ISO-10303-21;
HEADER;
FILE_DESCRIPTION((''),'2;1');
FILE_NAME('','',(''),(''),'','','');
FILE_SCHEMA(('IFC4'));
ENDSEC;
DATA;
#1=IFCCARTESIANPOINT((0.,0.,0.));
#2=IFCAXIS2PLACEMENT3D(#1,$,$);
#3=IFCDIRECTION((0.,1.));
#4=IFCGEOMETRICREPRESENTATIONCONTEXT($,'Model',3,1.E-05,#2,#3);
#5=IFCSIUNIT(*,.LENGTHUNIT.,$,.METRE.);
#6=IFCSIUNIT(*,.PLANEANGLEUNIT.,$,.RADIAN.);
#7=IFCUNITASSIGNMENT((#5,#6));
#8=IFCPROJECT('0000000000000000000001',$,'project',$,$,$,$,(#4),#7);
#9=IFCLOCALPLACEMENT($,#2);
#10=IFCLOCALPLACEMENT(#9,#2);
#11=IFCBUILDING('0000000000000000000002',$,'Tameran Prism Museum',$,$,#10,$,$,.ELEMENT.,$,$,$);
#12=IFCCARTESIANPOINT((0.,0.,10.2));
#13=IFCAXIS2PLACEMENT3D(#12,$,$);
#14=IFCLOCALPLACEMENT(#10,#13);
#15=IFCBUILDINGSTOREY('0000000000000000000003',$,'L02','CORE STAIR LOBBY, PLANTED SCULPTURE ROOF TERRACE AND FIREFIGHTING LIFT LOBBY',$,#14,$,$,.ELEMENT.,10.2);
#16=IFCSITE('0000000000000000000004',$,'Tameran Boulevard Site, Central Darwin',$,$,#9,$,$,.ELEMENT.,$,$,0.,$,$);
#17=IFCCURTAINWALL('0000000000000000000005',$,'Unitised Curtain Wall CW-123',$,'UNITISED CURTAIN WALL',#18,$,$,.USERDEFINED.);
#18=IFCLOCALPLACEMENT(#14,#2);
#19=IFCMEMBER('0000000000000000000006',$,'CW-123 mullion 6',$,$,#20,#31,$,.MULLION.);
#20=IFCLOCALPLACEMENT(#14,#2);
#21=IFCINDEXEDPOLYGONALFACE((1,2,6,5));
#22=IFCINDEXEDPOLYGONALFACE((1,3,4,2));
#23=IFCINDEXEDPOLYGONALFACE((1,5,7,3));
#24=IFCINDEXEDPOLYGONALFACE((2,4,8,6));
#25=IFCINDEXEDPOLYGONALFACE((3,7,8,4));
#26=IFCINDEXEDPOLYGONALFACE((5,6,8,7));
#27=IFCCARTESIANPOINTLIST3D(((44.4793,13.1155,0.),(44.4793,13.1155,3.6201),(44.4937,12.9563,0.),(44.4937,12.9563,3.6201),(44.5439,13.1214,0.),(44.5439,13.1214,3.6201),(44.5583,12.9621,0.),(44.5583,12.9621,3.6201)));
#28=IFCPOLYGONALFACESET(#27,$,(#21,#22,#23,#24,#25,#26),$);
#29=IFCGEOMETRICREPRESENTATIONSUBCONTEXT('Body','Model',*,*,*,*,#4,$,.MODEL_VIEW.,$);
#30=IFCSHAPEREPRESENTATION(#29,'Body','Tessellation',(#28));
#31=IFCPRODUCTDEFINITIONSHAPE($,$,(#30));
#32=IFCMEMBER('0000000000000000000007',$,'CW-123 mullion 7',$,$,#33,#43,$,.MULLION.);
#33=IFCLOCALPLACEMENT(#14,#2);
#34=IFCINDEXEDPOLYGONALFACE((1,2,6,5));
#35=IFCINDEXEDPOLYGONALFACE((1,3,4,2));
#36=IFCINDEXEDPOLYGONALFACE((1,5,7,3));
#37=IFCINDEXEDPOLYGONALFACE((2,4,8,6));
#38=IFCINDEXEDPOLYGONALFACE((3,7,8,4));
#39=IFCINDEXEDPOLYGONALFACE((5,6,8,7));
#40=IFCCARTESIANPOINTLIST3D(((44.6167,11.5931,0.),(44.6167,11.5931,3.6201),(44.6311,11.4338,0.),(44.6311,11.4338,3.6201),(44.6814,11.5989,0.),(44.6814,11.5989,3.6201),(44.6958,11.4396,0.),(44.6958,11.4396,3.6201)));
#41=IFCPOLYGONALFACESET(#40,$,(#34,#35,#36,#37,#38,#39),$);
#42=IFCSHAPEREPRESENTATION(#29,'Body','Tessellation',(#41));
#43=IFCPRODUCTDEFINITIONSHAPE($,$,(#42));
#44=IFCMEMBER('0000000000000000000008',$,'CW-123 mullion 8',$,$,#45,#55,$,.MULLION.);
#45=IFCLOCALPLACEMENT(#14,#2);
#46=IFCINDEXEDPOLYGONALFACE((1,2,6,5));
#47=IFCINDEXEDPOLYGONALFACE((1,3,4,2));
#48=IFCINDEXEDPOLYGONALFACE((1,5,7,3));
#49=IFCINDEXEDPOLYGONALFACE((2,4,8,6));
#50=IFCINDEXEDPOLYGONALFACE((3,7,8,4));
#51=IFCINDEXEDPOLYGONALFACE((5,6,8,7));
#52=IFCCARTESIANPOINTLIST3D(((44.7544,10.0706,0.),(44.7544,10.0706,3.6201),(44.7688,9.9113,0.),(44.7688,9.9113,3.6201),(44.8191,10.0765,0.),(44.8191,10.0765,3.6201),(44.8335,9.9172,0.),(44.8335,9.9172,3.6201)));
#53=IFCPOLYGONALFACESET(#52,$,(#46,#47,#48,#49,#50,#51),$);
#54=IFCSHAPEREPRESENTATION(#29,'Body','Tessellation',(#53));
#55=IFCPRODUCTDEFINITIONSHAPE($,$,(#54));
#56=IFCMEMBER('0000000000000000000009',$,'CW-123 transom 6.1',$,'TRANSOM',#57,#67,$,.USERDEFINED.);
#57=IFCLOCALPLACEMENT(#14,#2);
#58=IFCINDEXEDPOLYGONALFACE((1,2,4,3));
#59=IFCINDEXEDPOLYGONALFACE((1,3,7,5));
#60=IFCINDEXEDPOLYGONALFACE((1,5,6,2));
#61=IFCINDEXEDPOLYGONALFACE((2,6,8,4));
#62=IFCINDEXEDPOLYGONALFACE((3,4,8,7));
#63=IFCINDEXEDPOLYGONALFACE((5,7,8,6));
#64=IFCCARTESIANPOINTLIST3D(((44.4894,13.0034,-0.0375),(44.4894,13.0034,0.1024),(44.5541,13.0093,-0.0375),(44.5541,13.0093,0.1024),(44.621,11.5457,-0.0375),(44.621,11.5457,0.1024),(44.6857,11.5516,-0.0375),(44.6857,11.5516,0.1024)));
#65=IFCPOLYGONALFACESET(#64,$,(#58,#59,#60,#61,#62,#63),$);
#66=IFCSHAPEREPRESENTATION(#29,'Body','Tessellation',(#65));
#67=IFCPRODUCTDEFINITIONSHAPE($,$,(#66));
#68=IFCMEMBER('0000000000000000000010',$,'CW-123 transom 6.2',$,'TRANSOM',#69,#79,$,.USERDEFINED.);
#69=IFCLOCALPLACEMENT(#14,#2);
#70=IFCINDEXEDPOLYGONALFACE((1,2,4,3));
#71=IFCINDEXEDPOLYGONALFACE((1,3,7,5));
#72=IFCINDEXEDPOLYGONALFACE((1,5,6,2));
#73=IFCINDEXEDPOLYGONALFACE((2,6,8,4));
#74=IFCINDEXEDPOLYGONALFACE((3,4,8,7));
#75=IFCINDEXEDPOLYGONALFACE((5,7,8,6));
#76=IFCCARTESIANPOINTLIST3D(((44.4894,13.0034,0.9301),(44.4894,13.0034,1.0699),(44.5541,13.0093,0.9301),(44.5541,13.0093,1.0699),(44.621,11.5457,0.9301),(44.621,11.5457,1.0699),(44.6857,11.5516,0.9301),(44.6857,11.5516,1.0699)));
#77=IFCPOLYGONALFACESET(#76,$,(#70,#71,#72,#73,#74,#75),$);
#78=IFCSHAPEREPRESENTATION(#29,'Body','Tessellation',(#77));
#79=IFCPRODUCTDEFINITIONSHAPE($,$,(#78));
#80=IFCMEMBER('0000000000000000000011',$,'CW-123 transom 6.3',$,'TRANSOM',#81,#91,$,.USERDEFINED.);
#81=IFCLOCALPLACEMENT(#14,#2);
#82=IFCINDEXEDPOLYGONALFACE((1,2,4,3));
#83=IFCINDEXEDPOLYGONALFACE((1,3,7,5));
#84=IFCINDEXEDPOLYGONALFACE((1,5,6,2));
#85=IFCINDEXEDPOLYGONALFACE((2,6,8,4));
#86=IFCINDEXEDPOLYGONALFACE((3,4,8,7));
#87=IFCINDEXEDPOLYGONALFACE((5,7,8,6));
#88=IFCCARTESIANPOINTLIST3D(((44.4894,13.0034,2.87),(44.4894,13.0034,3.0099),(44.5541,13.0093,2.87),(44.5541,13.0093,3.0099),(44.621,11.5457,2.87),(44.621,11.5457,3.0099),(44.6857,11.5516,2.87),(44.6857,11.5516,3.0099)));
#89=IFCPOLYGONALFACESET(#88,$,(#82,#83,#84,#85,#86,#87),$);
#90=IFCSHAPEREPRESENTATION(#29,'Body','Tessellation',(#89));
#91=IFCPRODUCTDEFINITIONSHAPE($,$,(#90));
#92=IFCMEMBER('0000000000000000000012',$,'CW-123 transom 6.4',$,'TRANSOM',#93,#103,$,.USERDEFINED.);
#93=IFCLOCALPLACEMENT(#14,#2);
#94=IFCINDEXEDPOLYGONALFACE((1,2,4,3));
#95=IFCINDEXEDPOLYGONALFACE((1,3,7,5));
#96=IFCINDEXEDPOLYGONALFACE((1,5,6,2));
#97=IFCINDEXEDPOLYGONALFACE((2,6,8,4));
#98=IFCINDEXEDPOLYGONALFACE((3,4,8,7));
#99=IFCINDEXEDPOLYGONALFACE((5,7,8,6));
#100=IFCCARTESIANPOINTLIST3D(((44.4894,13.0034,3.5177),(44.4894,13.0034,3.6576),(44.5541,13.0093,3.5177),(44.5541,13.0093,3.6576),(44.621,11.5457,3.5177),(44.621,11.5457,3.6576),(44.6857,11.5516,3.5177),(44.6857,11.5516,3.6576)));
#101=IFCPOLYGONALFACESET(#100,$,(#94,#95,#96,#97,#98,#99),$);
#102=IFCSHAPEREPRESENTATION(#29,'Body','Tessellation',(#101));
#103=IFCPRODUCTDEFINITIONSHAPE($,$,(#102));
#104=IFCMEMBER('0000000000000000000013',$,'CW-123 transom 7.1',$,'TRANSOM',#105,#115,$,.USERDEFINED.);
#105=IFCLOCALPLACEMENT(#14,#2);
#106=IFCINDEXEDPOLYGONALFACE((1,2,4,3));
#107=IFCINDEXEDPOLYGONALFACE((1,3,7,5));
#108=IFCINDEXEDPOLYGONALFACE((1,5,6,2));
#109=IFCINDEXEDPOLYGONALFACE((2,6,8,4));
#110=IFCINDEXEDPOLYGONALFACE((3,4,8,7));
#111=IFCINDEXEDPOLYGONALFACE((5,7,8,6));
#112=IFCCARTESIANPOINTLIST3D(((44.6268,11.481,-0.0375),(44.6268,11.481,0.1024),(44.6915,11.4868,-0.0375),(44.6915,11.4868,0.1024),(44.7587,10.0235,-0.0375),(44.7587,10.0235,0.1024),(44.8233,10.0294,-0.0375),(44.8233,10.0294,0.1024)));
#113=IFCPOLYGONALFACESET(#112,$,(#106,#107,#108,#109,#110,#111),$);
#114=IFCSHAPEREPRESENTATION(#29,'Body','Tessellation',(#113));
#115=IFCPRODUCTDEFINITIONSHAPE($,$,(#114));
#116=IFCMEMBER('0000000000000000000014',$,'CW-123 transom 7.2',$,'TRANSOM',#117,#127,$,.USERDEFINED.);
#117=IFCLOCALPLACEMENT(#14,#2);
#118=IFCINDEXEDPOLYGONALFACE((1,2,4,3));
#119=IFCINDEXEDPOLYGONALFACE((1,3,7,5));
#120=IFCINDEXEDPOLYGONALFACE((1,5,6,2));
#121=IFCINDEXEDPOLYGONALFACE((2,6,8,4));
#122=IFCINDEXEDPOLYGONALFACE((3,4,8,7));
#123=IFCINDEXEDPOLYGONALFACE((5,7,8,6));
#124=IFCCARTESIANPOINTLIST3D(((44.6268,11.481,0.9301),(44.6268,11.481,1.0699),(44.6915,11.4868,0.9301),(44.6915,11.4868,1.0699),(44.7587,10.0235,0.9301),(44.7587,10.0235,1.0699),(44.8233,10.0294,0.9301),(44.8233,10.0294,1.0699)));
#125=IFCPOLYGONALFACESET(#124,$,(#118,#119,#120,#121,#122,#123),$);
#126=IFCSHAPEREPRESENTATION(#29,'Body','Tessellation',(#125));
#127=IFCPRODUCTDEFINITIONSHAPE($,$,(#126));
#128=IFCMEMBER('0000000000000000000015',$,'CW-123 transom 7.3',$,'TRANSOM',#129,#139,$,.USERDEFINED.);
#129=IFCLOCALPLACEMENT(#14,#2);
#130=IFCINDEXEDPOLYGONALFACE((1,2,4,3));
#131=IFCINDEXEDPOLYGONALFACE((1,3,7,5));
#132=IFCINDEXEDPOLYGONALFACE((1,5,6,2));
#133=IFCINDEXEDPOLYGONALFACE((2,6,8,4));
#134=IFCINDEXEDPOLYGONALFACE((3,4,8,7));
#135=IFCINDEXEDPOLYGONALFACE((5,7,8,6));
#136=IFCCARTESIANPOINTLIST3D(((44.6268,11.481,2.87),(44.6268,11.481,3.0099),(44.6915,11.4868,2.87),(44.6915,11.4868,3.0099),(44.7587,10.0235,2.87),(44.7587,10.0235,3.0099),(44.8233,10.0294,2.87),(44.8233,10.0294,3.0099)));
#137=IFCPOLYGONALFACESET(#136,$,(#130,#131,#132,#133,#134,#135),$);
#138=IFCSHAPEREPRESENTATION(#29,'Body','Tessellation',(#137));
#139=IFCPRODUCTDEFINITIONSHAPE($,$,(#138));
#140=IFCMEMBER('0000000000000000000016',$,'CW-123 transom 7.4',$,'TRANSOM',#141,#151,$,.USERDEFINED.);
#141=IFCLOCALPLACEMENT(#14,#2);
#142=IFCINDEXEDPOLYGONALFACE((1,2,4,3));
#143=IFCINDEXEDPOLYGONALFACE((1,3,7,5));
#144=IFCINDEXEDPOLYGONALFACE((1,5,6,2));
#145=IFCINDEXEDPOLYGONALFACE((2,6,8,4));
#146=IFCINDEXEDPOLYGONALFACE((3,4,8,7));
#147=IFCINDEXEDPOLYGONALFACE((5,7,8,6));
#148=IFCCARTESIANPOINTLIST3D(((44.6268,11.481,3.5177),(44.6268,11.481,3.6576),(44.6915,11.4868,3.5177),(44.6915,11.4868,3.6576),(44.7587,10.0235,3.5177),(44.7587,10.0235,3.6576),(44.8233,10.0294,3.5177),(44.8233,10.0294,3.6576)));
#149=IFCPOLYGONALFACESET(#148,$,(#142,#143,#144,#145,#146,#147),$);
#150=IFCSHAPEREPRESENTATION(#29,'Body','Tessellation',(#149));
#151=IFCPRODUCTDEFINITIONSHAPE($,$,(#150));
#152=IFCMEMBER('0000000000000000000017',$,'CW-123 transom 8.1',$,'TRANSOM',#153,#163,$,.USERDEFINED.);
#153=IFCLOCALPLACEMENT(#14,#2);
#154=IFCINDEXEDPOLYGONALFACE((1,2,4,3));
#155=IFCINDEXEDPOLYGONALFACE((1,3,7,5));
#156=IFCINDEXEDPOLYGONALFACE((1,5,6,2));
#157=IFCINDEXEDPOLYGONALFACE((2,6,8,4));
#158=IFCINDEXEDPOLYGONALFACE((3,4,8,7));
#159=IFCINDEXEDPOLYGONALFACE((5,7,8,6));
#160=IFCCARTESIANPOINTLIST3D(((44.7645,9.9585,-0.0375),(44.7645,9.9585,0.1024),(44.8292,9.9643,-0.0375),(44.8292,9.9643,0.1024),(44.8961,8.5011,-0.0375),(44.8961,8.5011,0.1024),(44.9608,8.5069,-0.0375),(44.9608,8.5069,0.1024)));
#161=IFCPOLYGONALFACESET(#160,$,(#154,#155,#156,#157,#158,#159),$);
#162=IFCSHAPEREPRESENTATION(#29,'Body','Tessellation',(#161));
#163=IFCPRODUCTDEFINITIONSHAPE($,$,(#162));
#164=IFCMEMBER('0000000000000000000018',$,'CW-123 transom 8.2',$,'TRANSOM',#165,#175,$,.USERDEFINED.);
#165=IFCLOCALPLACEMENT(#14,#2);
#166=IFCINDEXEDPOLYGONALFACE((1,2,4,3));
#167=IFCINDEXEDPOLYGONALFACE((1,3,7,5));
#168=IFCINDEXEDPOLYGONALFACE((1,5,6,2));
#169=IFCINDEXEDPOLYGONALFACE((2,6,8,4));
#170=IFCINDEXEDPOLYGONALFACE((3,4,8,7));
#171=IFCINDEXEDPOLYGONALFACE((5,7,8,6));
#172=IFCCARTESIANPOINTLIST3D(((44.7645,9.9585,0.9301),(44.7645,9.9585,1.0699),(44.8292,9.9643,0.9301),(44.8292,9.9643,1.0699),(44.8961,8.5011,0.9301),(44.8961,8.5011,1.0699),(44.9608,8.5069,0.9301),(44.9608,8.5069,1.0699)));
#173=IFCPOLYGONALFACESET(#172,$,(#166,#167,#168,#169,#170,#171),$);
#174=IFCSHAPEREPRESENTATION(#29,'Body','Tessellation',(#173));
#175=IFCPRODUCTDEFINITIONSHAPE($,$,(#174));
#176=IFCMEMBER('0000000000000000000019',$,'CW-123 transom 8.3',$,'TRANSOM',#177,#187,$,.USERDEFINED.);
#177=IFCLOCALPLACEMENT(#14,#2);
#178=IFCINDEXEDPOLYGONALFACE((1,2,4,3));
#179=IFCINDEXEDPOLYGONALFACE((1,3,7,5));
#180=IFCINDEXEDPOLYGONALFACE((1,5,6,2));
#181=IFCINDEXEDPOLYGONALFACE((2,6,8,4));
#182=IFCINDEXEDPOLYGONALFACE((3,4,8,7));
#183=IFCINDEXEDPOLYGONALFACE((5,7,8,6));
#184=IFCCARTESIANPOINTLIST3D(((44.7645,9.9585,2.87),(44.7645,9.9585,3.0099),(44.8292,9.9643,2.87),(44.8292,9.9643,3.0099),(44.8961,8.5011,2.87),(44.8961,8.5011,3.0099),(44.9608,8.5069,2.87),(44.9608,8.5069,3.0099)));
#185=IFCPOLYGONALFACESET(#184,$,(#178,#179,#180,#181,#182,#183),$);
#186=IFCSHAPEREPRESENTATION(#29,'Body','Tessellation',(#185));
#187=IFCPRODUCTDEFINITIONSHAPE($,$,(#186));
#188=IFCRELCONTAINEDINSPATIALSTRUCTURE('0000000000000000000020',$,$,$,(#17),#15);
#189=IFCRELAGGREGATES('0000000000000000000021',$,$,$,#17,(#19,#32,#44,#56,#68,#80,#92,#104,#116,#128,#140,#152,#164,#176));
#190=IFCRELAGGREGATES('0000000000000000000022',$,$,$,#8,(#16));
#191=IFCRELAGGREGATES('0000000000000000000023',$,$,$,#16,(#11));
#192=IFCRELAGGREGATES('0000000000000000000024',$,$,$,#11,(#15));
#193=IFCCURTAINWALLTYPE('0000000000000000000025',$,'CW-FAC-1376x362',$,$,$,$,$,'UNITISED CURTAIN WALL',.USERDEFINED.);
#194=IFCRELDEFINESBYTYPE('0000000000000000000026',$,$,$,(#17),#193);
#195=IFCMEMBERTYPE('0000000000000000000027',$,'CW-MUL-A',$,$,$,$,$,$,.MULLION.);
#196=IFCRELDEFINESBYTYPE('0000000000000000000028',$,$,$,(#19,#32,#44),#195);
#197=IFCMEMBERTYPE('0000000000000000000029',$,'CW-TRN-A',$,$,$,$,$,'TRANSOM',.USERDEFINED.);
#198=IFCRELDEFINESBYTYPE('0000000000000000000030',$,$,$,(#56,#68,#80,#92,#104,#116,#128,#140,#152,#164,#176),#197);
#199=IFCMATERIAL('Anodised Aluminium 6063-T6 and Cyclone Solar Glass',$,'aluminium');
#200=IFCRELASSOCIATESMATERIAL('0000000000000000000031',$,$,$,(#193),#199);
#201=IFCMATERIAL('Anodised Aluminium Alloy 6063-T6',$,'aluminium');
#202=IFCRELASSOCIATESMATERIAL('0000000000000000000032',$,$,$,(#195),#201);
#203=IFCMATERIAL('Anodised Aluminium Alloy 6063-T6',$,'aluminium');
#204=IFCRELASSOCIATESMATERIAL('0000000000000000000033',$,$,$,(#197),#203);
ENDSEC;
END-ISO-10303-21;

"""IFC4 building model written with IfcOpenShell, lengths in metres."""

from ifc_helpers import new_model, si_unit, direction, frame, origin, origin_2d, place, context, subcontext, project, spatial, rectangle, extrude, material, material_profile, profile_set, type_object, element, aggregate, save


model = new_model("IFC4")

# Units and contexts
model_context = context("Model", 3, precision=1e-05, world=origin(), true_north=direction((0.0, 1.0)))
body_context = subcontext(model_context, "Body", "Model", "MODEL_VIEW")
ifc_project = project(units=[si_unit("LENGTHUNIT", "METRE"), si_unit("PLANEANGLEUNIT", "RADIAN")], contexts=[model_context])

# Site, building, storey
site_placement = place(None, origin())
site = spatial("IfcSite", under=ifc_project, at=site_placement, Name="Tameran Boulevard Site, Central Darwin", CompositionType="ELEMENT", RefElevation=0.0)
building_placement = place(site_placement, origin())
building = spatial("IfcBuilding", under=site, at=building_placement, Name="Tameran Prism Museum", CompositionType="ELEMENT")
storey_placement = place(building_placement, frame((0.0, 0.0, 10.2)))
storey = spatial("IfcBuildingStorey", under=building, at=storey_placement, Name="L02", Description="CORE STAIR LOBBY, PLANTED SCULPTURE ROOF TERRACE AND FIREFIGHTING LIFT LOBBY", CompositionType="ELEMENT", Elevation=10.2)

# Curtain wall, members
ifc_material_1 = material(Name="Anodised Aluminium 6063-T6 and Cyclone Solar Glass", Category="aluminium")
curtain_wall_type = type_object("IfcCurtainWallType", Name="CW-FAC-1376x362", ElementType="UNITISED CURTAIN WALL", PredefinedType="USERDEFINED", material=ifc_material_1)
curtain_wall_placement = place(storey_placement, origin())
curtain_wall = element("IfcCurtainWall", 1, at=curtain_wall_placement, inside=storey, type_object=curtain_wall_type, Name="Unitised Curtain Wall CW-123", ObjectType="UNITISED CURTAIN WALL", PredefinedType="USERDEFINED")
ifc_material_2 = material(Name="Anodised Aluminium Alloy 6063-T6", Category="aluminium")
ifc_material_profile_1 = material_profile(ifc_material_2, rectangle(XDim=0.0649, YDim=0.1599, at=origin_2d()))
ifc_profile_set_1 = profile_set([ifc_material_profile_1])
member_type_1 = type_object("IfcMemberType", Name="CW-MUL-A", PredefinedType="MULLION", material=ifc_profile_set_1)
member_1_placement = place(storey_placement, frame((44.5188, 13.0388, 0.0), z_axis=(0.0, 0.0, 1.0), x_axis=(0.995943, 0.089985, 0.0)))
member_1 = element("IfcMember", 2, at=member_1_placement, type_object=member_type_1, Name="CW-123 mullion 6", PredefinedType="MULLION", context=body_context, shape_type="SweptSolid", body=[
    extrude(rectangle(XDim=0.0649, YDim=0.1599, at=origin_2d()), origin(), (0.0, 0.0, 1.0), 3.6201),
])
member_2_placement = place(storey_placement, frame((44.6562, 11.5164, 0.0), z_axis=(0.0, 0.0, 1.0), x_axis=(0.995943, 0.089985, 0.0)))
member_2 = element("IfcMember", 3, at=member_2_placement, type_object=member_type_1, Name="CW-123 mullion 7", PredefinedType="MULLION", context=body_context, shape_type="SweptSolid", body=[
    extrude(rectangle(XDim=0.0649, YDim=0.1599, at=origin_2d()), origin(), (0.0, 0.0, 1.0), 3.6201),
])
member_3_placement = place(storey_placement, frame((44.7939, 9.9939, 0.0), z_axis=(0.0, 0.0, 1.0), x_axis=(0.995943, 0.089985, 0.0)))
member_3 = element("IfcMember", 4, at=member_3_placement, type_object=member_type_1, Name="CW-123 mullion 8", PredefinedType="MULLION", context=body_context, shape_type="SweptSolid", body=[
    extrude(rectangle(XDim=0.0649, YDim=0.1599, at=origin_2d()), origin(), (0.0, 0.0, 1.0), 3.6201),
])
ifc_material_3 = material(Name="Anodised Aluminium Alloy 6063-T6", Category="aluminium")
ifc_material_profile_2 = material_profile(ifc_material_3, rectangle(XDim=0.0649, YDim=0.1399, at=origin_2d()))
ifc_profile_set_2 = profile_set([ifc_material_profile_2])
member_type_2 = type_object("IfcMemberType", Name="CW-TRN-A", ElementType="TRANSOM", PredefinedType="USERDEFINED", material=ifc_profile_set_2)
member_4_placement = place(storey_placement, frame((44.5217, 13.0063, 0.0325), z_axis=(0.089904, -0.99595, 0.0), x_axis=(0.99595, 0.089904, 0.0)))
member_4 = element("IfcMember", 5, at=member_4_placement, type_object=member_type_2, Name="CW-123 transom 6.1", ObjectType="TRANSOM", PredefinedType="USERDEFINED", context=body_context, shape_type="SweptSolid", body=[
    extrude(rectangle(XDim=0.0649, YDim=0.1399, at=origin_2d()), origin(), (0.0, 0.0, 1.0), 1.4636),
])
member_5_placement = place(storey_placement, frame((44.5217, 13.0063, 1.0), z_axis=(0.089904, -0.99595, 0.0), x_axis=(0.99595, 0.089904, 0.0)))
member_5 = element("IfcMember", 6, at=member_5_placement, type_object=member_type_2, Name="CW-123 transom 6.2", ObjectType="TRANSOM", PredefinedType="USERDEFINED", context=body_context, shape_type="SweptSolid", body=[
    extrude(rectangle(XDim=0.0649, YDim=0.1399, at=origin_2d()), origin(), (0.0, 0.0, 1.0), 1.4636),
])
member_6_placement = place(storey_placement, frame((44.5217, 13.0063, 2.9399), z_axis=(0.089904, -0.99595, 0.0), x_axis=(0.99595, 0.089904, 0.0)))
member_6 = element("IfcMember", 7, at=member_6_placement, type_object=member_type_2, Name="CW-123 transom 6.3", ObjectType="TRANSOM", PredefinedType="USERDEFINED", context=body_context, shape_type="SweptSolid", body=[
    extrude(rectangle(XDim=0.0649, YDim=0.1399, at=origin_2d()), origin(), (0.0, 0.0, 1.0), 1.4636),
])
member_7_placement = place(storey_placement, frame((44.5217, 13.0063, 3.5876), z_axis=(0.089904, -0.99595, 0.0), x_axis=(0.99595, 0.089904, 0.0)))
member_7 = element("IfcMember", 8, at=member_7_placement, type_object=member_type_2, Name="CW-123 transom 6.4", ObjectType="TRANSOM", PredefinedType="USERDEFINED", context=body_context, shape_type="SweptSolid", body=[
    extrude(rectangle(XDim=0.0649, YDim=0.1399, at=origin_2d()), origin(), (0.0, 0.0, 1.0), 1.4636),
])
member_8_placement = place(storey_placement, frame((44.6592, 11.4839, 0.0325), z_axis=(0.090084, -0.995934, 0.0), x_axis=(0.995934, 0.090084, 0.0)))
member_8 = element("IfcMember", 9, at=member_8_placement, type_object=member_type_2, Name="CW-123 transom 7.1", ObjectType="TRANSOM", PredefinedType="USERDEFINED", context=body_context, shape_type="SweptSolid", body=[
    extrude(rectangle(XDim=0.0649, YDim=0.1399, at=origin_2d()), origin(), (0.0, 0.0, 1.0), 1.4634),
])
member_9_placement = place(storey_placement, frame((44.6592, 11.4839, 1.0), z_axis=(0.090084, -0.995934, 0.0), x_axis=(0.995934, 0.090084, 0.0)))
member_9 = element("IfcMember", 10, at=member_9_placement, type_object=member_type_2, Name="CW-123 transom 7.2", ObjectType="TRANSOM", PredefinedType="USERDEFINED", context=body_context, shape_type="SweptSolid", body=[
    extrude(rectangle(XDim=0.0649, YDim=0.1399, at=origin_2d()), origin(), (0.0, 0.0, 1.0), 1.4634),
])
member_10_placement = place(storey_placement, frame((44.6592, 11.4839, 2.9399), z_axis=(0.090084, -0.995934, 0.0), x_axis=(0.995934, 0.090084, 0.0)))
member_10 = element("IfcMember", 11, at=member_10_placement, type_object=member_type_2, Name="CW-123 transom 7.3", ObjectType="TRANSOM", PredefinedType="USERDEFINED", context=body_context, shape_type="SweptSolid", body=[
    extrude(rectangle(XDim=0.0649, YDim=0.1399, at=origin_2d()), origin(), (0.0, 0.0, 1.0), 1.4634),
])
member_11_placement = place(storey_placement, frame((44.6592, 11.4839, 3.5876), z_axis=(0.090084, -0.995934, 0.0), x_axis=(0.995934, 0.090084, 0.0)))
member_11 = element("IfcMember", 12, at=member_11_placement, type_object=member_type_2, Name="CW-123 transom 7.4", ObjectType="TRANSOM", PredefinedType="USERDEFINED", context=body_context, shape_type="SweptSolid", body=[
    extrude(rectangle(XDim=0.0649, YDim=0.1399, at=origin_2d()), origin(), (0.0, 0.0, 1.0), 1.4634),
])
member_12_placement = place(storey_placement, frame((44.7969, 9.9614, 0.0325), z_axis=(0.089919, -0.995949, 0.0), x_axis=(0.995949, 0.089919, 0.0)))
member_12 = element("IfcMember", 13, at=member_12_placement, type_object=member_type_2, Name="CW-123 transom 8.1", ObjectType="TRANSOM", PredefinedType="USERDEFINED", context=body_context, shape_type="SweptSolid", body=[
    extrude(rectangle(XDim=0.0649, YDim=0.1399, at=origin_2d()), origin(), (0.0, 0.0, 1.0), 1.4634),
])
member_13_placement = place(storey_placement, frame((44.7969, 9.9614, 1.0), z_axis=(0.089919, -0.995949, 0.0), x_axis=(0.995949, 0.089919, 0.0)))
member_13 = element("IfcMember", 14, at=member_13_placement, type_object=member_type_2, Name="CW-123 transom 8.2", ObjectType="TRANSOM", PredefinedType="USERDEFINED", context=body_context, shape_type="SweptSolid", body=[
    extrude(rectangle(XDim=0.0649, YDim=0.1399, at=origin_2d()), origin(), (0.0, 0.0, 1.0), 1.4634),
])
member_14_placement = place(storey_placement, frame((44.7969, 9.9614, 2.9399), z_axis=(0.089919, -0.995949, 0.0), x_axis=(0.995949, 0.089919, 0.0)))
member_14 = element("IfcMember", 15, at=member_14_placement, type_object=member_type_2, Name="CW-123 transom 8.3", ObjectType="TRANSOM", PredefinedType="USERDEFINED", context=body_context, shape_type="SweptSolid", body=[
    extrude(rectangle(XDim=0.0649, YDim=0.1399, at=origin_2d()), origin(), (0.0, 0.0, 1.0), 1.4634),
])
aggregate(curtain_wall, [member_1, member_2, member_3, member_4, member_5, member_6, member_7, member_8, member_9, member_10, member_11, member_12, member_13, member_14])

save(model, "model.ifc")
